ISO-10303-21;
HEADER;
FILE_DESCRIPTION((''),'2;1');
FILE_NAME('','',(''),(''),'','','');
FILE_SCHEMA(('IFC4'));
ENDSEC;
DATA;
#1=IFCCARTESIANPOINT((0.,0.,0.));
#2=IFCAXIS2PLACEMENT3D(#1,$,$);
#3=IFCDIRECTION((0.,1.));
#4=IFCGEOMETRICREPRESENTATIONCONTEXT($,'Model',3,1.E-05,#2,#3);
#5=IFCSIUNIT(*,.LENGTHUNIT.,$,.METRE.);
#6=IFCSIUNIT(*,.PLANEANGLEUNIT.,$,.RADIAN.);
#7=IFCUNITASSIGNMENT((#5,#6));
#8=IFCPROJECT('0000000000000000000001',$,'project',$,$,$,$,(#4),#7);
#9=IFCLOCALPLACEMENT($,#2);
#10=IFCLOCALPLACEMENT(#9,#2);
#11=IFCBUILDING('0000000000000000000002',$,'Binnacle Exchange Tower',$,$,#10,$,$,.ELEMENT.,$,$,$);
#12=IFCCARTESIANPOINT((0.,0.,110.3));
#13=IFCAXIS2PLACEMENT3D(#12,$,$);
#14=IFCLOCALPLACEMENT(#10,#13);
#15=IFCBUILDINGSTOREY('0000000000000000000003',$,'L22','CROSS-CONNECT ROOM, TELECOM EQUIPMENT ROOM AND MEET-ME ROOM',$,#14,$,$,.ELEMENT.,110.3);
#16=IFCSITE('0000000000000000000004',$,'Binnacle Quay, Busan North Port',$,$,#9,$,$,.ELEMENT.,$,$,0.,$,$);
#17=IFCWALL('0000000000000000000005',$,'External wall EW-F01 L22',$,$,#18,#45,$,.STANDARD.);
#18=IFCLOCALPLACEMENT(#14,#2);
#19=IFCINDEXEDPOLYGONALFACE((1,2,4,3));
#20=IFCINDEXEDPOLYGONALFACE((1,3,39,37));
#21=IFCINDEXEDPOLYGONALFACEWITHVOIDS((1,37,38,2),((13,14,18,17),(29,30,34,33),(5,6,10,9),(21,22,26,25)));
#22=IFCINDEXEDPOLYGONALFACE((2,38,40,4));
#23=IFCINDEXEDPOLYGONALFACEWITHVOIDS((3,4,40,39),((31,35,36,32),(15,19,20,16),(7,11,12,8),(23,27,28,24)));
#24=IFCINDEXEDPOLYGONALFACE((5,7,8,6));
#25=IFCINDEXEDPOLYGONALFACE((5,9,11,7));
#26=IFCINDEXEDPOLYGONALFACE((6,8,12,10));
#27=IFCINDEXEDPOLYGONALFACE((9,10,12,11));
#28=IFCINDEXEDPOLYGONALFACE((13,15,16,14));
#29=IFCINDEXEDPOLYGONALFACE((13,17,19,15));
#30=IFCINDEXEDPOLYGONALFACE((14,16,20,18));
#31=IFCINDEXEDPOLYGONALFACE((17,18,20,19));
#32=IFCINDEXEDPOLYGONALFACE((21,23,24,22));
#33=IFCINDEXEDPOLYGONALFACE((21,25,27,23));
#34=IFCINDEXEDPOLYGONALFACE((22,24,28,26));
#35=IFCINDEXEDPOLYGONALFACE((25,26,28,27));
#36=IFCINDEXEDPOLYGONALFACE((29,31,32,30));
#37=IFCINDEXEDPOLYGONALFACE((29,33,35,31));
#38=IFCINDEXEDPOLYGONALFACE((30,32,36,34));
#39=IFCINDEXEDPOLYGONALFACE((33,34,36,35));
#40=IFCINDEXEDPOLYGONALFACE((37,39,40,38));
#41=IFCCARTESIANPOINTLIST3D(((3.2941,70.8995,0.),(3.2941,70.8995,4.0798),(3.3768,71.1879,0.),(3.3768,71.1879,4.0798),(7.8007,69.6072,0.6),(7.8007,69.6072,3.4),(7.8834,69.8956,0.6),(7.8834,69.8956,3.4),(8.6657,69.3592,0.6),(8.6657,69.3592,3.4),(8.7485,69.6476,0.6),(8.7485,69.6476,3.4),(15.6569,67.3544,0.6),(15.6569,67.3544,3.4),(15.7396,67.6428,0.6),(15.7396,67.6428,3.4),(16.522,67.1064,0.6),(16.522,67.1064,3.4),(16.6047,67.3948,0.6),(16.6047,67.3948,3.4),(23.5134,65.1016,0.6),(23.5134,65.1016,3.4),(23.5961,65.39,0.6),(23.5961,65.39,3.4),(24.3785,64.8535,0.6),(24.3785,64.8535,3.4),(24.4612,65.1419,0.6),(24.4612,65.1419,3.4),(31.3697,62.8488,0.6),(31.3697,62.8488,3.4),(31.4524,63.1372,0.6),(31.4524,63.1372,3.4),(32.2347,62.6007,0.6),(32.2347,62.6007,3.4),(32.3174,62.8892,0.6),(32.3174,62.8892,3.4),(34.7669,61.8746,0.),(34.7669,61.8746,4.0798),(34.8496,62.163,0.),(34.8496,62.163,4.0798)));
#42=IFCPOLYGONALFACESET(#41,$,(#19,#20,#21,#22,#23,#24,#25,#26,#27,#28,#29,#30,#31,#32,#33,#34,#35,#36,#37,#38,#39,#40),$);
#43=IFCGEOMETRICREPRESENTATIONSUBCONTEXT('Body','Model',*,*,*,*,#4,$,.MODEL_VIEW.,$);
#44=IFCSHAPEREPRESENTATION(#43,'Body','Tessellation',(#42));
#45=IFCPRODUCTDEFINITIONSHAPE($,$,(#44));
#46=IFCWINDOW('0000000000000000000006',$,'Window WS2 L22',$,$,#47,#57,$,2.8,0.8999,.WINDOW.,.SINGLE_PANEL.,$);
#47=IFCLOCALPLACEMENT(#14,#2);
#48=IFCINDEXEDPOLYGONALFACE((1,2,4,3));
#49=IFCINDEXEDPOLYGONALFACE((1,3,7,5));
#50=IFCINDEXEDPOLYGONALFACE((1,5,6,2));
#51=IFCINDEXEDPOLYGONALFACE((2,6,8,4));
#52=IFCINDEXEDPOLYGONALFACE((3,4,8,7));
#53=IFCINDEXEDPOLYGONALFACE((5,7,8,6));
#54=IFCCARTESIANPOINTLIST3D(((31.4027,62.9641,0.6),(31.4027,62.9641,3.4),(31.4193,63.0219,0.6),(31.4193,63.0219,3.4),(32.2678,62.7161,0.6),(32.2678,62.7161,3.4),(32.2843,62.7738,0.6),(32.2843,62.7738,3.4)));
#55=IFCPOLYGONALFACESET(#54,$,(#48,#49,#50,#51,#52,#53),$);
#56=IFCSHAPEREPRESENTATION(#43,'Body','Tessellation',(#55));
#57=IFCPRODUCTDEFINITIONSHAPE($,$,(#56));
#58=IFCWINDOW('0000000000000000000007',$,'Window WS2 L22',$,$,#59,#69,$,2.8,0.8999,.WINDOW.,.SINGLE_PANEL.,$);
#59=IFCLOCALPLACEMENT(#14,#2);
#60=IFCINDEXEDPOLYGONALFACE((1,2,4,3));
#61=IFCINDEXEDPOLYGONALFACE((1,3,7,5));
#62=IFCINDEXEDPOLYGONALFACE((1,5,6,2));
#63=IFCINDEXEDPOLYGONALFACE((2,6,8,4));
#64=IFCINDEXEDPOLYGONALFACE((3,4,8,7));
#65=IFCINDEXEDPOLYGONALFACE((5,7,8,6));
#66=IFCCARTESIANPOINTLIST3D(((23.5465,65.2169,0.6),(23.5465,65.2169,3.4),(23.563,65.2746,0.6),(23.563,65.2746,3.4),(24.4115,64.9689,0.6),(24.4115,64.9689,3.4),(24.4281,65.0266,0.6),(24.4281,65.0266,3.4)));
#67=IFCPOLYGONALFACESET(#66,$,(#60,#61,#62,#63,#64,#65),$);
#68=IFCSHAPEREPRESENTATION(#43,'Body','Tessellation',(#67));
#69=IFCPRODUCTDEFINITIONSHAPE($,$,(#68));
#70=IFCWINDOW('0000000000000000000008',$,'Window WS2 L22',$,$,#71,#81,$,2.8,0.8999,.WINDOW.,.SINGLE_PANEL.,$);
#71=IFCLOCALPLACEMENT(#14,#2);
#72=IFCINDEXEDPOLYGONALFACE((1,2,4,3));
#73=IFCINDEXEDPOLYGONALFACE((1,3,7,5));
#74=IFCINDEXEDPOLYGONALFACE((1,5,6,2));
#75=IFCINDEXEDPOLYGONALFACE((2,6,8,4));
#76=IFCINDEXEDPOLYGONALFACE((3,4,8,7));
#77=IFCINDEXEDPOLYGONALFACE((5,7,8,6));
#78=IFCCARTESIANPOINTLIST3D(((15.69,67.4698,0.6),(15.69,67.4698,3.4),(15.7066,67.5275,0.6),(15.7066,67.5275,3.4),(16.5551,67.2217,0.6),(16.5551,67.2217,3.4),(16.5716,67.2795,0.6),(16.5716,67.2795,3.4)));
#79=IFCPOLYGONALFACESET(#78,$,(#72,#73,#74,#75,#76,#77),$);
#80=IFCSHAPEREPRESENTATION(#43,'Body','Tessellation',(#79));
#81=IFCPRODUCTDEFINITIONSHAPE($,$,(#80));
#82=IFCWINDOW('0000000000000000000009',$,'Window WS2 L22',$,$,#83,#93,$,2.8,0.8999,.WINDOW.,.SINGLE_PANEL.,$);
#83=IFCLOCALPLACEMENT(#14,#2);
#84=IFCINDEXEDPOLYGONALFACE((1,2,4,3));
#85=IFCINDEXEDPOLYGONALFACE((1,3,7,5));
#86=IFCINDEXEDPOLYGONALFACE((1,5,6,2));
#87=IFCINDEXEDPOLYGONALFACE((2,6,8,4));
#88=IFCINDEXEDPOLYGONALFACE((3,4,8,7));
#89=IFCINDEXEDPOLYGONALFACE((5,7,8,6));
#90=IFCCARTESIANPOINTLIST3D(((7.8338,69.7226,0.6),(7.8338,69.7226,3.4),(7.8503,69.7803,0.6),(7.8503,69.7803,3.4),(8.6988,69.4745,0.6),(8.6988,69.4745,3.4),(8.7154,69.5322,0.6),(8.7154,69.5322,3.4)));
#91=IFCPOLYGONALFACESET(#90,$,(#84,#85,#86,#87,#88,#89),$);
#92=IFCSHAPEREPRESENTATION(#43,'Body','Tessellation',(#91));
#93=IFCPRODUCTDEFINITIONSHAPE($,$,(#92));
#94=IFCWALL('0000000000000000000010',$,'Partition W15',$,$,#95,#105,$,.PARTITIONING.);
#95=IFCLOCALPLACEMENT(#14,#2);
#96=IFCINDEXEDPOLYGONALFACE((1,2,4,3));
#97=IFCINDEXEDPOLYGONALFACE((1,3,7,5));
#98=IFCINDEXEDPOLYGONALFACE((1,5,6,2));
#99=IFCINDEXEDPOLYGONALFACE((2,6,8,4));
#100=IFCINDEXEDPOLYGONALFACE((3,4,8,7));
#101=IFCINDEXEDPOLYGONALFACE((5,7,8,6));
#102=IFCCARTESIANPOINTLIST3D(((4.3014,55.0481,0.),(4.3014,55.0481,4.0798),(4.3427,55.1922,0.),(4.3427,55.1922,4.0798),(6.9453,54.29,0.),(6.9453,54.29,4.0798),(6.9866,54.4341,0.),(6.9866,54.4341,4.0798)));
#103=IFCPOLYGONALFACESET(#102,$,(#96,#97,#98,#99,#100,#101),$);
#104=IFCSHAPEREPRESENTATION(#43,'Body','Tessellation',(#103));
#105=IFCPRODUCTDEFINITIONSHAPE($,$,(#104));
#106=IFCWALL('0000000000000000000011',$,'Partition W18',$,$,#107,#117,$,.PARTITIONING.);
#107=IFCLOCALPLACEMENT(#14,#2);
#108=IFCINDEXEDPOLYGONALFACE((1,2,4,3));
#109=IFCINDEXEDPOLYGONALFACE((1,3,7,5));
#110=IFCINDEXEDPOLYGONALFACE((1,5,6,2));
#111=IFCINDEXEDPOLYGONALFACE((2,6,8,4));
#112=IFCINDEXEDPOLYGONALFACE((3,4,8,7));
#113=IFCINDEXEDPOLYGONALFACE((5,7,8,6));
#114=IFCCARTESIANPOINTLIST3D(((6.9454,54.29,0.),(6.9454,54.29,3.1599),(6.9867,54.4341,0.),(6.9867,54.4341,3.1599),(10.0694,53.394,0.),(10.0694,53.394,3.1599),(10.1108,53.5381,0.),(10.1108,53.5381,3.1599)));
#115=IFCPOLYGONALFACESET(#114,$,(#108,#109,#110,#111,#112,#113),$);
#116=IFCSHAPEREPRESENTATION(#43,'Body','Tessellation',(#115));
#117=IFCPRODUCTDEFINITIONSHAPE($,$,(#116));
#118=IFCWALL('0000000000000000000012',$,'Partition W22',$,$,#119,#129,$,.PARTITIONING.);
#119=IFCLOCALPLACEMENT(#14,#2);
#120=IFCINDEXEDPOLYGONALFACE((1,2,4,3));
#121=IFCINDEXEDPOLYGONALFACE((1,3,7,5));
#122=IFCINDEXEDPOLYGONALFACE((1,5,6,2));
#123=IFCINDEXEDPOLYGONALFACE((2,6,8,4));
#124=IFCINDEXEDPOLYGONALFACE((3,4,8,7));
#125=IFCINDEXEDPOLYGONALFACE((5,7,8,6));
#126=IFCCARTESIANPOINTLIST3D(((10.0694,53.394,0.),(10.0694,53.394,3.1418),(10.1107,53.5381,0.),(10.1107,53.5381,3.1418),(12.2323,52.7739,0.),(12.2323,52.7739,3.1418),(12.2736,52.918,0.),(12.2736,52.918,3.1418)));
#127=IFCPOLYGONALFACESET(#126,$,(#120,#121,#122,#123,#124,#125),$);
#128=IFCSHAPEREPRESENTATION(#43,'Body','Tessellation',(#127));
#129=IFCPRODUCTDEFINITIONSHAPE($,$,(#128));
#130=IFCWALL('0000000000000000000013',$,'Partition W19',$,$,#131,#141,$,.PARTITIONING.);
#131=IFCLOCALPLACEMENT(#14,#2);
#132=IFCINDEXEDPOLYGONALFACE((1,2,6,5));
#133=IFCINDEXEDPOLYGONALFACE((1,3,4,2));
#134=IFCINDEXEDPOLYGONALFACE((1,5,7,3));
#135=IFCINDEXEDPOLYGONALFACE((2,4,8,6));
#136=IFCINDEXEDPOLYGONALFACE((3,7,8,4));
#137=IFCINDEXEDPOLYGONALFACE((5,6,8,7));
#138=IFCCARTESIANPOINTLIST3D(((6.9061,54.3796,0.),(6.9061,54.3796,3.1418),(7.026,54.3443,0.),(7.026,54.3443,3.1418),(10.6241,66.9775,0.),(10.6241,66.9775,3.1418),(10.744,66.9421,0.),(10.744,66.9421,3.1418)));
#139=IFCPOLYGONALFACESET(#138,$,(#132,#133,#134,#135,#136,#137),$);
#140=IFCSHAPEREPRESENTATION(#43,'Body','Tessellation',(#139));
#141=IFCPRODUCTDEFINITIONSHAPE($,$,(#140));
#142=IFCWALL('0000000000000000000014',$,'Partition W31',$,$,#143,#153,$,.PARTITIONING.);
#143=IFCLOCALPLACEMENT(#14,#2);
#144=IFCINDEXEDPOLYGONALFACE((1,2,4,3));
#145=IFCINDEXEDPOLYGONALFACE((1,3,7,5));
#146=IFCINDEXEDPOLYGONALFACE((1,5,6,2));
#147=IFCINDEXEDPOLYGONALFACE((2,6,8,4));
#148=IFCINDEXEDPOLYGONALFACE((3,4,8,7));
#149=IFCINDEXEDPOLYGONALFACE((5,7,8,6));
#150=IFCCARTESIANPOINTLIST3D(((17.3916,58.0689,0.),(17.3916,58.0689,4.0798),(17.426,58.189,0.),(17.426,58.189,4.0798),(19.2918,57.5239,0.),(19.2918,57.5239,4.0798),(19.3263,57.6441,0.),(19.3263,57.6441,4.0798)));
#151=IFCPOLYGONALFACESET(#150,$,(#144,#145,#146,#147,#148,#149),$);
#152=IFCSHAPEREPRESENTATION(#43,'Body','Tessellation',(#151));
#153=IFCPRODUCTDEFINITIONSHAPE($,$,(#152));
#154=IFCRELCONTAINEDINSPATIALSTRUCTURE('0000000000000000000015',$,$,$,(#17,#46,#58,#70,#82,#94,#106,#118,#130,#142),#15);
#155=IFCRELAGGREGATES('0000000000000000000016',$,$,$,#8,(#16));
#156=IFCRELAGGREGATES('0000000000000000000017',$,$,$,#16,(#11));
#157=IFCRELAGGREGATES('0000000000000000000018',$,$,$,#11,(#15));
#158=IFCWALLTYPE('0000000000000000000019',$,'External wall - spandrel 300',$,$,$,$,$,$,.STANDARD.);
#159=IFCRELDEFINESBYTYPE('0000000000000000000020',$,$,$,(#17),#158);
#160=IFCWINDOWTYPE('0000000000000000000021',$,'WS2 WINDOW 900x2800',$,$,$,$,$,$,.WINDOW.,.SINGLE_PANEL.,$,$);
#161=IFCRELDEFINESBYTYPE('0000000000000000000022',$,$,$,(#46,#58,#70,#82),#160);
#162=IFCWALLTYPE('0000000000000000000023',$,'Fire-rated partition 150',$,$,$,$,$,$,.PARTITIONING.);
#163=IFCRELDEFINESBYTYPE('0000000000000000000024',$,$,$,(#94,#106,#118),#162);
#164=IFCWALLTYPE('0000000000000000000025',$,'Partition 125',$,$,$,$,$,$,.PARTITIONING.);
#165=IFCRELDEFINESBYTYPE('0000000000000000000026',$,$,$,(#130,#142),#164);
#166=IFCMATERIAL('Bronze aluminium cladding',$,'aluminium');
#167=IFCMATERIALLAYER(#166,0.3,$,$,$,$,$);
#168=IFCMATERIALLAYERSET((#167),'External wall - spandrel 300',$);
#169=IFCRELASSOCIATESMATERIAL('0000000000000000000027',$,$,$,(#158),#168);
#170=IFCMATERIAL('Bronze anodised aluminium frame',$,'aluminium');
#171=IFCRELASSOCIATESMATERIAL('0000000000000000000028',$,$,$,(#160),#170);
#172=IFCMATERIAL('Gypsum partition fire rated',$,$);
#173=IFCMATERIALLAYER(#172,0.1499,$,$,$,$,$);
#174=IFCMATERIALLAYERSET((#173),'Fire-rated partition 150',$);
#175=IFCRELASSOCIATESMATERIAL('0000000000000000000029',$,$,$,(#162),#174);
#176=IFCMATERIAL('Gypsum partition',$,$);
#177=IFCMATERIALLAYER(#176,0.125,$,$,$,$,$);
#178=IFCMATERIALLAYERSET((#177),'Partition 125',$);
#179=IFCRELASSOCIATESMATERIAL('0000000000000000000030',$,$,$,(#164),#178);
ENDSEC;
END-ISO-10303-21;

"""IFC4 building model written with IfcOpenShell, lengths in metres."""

from ifc_helpers import new_model, si_unit, direction, frame, frame_2d, origin, place, context, subcontext, project, spatial, rectangle, extrude, material, layer, layer_set, type_object, element, fill, save


model = new_model("IFC4")

# Units and contexts
model_context = context("Model", 3, precision=1e-05, world=origin(), true_north=direction((0.0, 1.0)))
body_context = subcontext(model_context, "Body", "Model", "MODEL_VIEW")
ifc_project = project(units=[si_unit("LENGTHUNIT", "METRE"), si_unit("PLANEANGLEUNIT", "RADIAN")], contexts=[model_context])

# Site, building, storey
site_placement = place(None, origin())
site = spatial("IfcSite", under=ifc_project, at=site_placement, Name="Binnacle Quay, Busan North Port", CompositionType="ELEMENT", RefElevation=0.0)
building_placement = place(site_placement, origin())
building = spatial("IfcBuilding", under=site, at=building_placement, Name="Binnacle Exchange Tower", CompositionType="ELEMENT")
storey_placement = place(building_placement, frame((0.0, 0.0, 110.3)))
storey = spatial("IfcBuildingStorey", under=building, at=storey_placement, Name="L22", Description="CROSS-CONNECT ROOM, TELECOM EQUIPMENT ROOM AND MEET-ME ROOM", CompositionType="ELEMENT", Elevation=110.3)

# Wall, openings, windows
ifc_material_1 = material(Name="Bronze aluminium cladding", Category="aluminium")
ifc_layer_1 = layer(ifc_material_1, 0.3)
ifc_layer_set_1 = layer_set([ifc_layer_1], Name="External wall - spandrel 300")
wall_type_1 = type_object("IfcWallType", Name="External wall - spandrel 300", PredefinedType="STANDARD", material=ifc_layer_set_1)
wall_1_placement = place(storey_placement, frame((3.3354, 71.0437, 0.0), z_axis=(0.0, 0.0, 1.0), x_axis=(0.96126, -0.275643, 0.0)))
wall_1 = element("IfcWall", 1, at=wall_1_placement, inside=storey, type_object=wall_type_1, Name="External wall EW-F01 L22", PredefinedType="STANDARD", context=body_context, shape_type="SweptSolid", body=[
    extrude(rectangle(XDim=32.7412, YDim=0.3, at=frame_2d((16.3706, 0.0))), origin(), (0.0, 0.0, 1.0), 4.0798),
])
opening_1_placement = place(wall_1_placement, frame((29.207, 0.0, 0.6001)))
opening_1 = element("IfcOpeningElement", 2, at=opening_1_placement, cuts=wall_1, PredefinedType="OPENING", context=body_context, shape_type="SweptSolid", body=[
    extrude(rectangle(XDim=0.8999, YDim=2.8, at=frame_2d((0.45, 1.3999))), frame((0.0, 0.1599, 0.0), z_axis=(0.0, -1.0, 0.0), x_axis=(1.0, 0.0, 0.0)), (0.0, 0.0, 1.0), 0.3201),
])
opening_2_placement = place(wall_1_placement, frame((21.0342, 0.0, 0.6001)))
opening_2 = element("IfcOpeningElement", 3, at=opening_2_placement, cuts=wall_1, PredefinedType="OPENING", context=body_context, shape_type="SweptSolid", body=[
    extrude(rectangle(XDim=0.8999, YDim=2.8, at=frame_2d((0.45, 1.3999))), frame((0.0, 0.1599, 0.0), z_axis=(0.0, -1.0, 0.0), x_axis=(1.0, 0.0, 0.0)), (0.0, 0.0, 1.0), 0.3201),
])
opening_3_placement = place(wall_1_placement, frame((12.8611, 0.0, 0.6001)))
opening_3 = element("IfcOpeningElement", 4, at=opening_3_placement, cuts=wall_1, PredefinedType="OPENING", context=body_context, shape_type="SweptSolid", body=[
    extrude(rectangle(XDim=0.8999, YDim=2.8, at=frame_2d((0.45, 1.3999))), frame((0.0, 0.1599, 0.0), z_axis=(0.0, -1.0, 0.0), x_axis=(1.0, 0.0, 0.0)), (0.0, 0.0, 1.0), 0.3201),
])
opening_4_placement = place(wall_1_placement, frame((4.6882, 0.0, 0.6001)))
opening_4 = element("IfcOpeningElement", 5, at=opening_4_placement, cuts=wall_1, PredefinedType="OPENING", context=body_context, shape_type="SweptSolid", body=[
    extrude(rectangle(XDim=0.8999, YDim=2.8, at=frame_2d((0.45, 1.3999))), frame((0.0, 0.1599, 0.0), z_axis=(0.0, -1.0, 0.0), x_axis=(1.0, 0.0, 0.0)), (0.0, 0.0, 1.0), 0.3201),
])
ifc_material_2 = material(Name="Bronze anodised aluminium frame", Category="aluminium")
window_type = type_object("IfcWindowType", Name="WS2 WINDOW 900x2800", PartitioningType="SINGLE_PANEL", PredefinedType="WINDOW", material=ifc_material_2)
window_1_placement = place(opening_1_placement, origin())
window_1 = element("IfcWindow", 6, at=window_1_placement, inside=storey, type_object=window_type, Name="Window WS2 L22", OverallHeight=2.8, OverallWidth=0.8999, PartitioningType="SINGLE_PANEL", PredefinedType="WINDOW", context=body_context, shape_type="SweptSolid", body=[
    extrude(rectangle(XDim=0.8999, YDim=2.8, at=frame_2d((0.45, 1.3999))), frame((0.0, 0.03, 0.0), z_axis=(0.0, -1.0, 0.0), x_axis=(1.0, 0.0, 0.0)), (0.0, 0.0, 1.0), 0.0601),
])
fill(opening_1, window_1)
window_2_placement = place(opening_2_placement, origin())
window_2 = element("IfcWindow", 7, at=window_2_placement, inside=storey, type_object=window_type, Name="Window WS2 L22", OverallHeight=2.8, OverallWidth=0.8999, PartitioningType="SINGLE_PANEL", PredefinedType="WINDOW", context=body_context, shape_type="SweptSolid", body=[
    extrude(rectangle(XDim=0.8999, YDim=2.8, at=frame_2d((0.45, 1.3999))), frame((0.0, 0.03, 0.0), z_axis=(0.0, -1.0, 0.0), x_axis=(1.0, 0.0, 0.0)), (0.0, 0.0, 1.0), 0.0601),
])
fill(opening_2, window_2)
window_3_placement = place(opening_3_placement, origin())
window_3 = element("IfcWindow", 8, at=window_3_placement, inside=storey, type_object=window_type, Name="Window WS2 L22", OverallHeight=2.8, OverallWidth=0.8999, PartitioningType="SINGLE_PANEL", PredefinedType="WINDOW", context=body_context, shape_type="SweptSolid", body=[
    extrude(rectangle(XDim=0.8999, YDim=2.8, at=frame_2d((0.45, 1.3999))), frame((0.0, 0.03, 0.0), z_axis=(0.0, -1.0, 0.0), x_axis=(1.0, 0.0, 0.0)), (0.0, 0.0, 1.0), 0.0601),
])
fill(opening_3, window_3)
window_4_placement = place(opening_4_placement, origin())
window_4 = element("IfcWindow", 9, at=window_4_placement, inside=storey, type_object=window_type, Name="Window WS2 L22", OverallHeight=2.8, OverallWidth=0.8999, PartitioningType="SINGLE_PANEL", PredefinedType="WINDOW", context=body_context, shape_type="SweptSolid", body=[
    extrude(rectangle(XDim=0.8999, YDim=2.8, at=frame_2d((0.45, 1.3999))), frame((0.0, 0.03, 0.0), z_axis=(0.0, -1.0, 0.0), x_axis=(1.0, 0.0, 0.0)), (0.0, 0.0, 1.0), 0.0601),
])
fill(opening_4, window_4)

# Walls
ifc_material_3 = material(Name="Gypsum partition fire rated")
ifc_layer_2 = layer(ifc_material_3, 0.1499)
ifc_layer_set_2 = layer_set([ifc_layer_2], Name="Fire-rated partition 150")
wall_type_2 = type_object("IfcWallType", Name="Fire-rated partition 150", PredefinedType="PARTITIONING", material=ifc_layer_set_2)
wall_2_placement = place(storey_placement, frame((4.322, 55.1201, 0.0), z_axis=(0.0, 0.0, 1.0), x_axis=(0.961272, -0.2756, 0.0)))
element("IfcWall", 10, at=wall_2_placement, inside=storey, type_object=wall_type_2, Name="Partition W15", PredefinedType="PARTITIONING", context=body_context, shape_type="SweptSolid", body=[
    extrude(rectangle(XDim=2.7505, YDim=0.1499, at=frame_2d((1.3752, 0.0))), origin(), (0.0, 0.0, 1.0), 4.0798),
])
wall_3_placement = place(storey_placement, frame((6.9661, 54.3621, 0.0), z_axis=(0.0, 0.0, 1.0), x_axis=(0.961246, -0.275693, 0.0)))
element("IfcWall", 11, at=wall_3_placement, inside=storey, type_object=wall_type_2, Name="Partition W18", PredefinedType="PARTITIONING", context=body_context, shape_type="SweptSolid", body=[
    extrude(rectangle(XDim=3.25, YDim=0.1499, at=frame_2d((1.625, 0.0))), origin(), (0.0, 0.0, 1.0), 3.1599),
])
wall_4_placement = place(storey_placement, frame((10.0901, 53.4661, 0.0), z_axis=(0.0, 0.0, 1.0), x_axis=(0.96127, -0.27561, 0.0)))
element("IfcWall", 12, at=wall_4_placement, inside=storey, type_object=wall_type_2, Name="Partition W22", PredefinedType="PARTITIONING", context=body_context, shape_type="SweptSolid", body=[
    extrude(rectangle(XDim=2.25, YDim=0.1499, at=frame_2d((1.125, 0.0))), origin(), (0.0, 0.0, 1.0), 3.1418),
])
ifc_material_4 = material(Name="Gypsum partition")
ifc_layer_3 = layer(ifc_material_4, 0.125)
ifc_layer_set_3 = layer_set([ifc_layer_3], Name="Partition 125")
wall_type_3 = type_object("IfcWallType", Name="Partition 125", PredefinedType="PARTITIONING", material=ifc_layer_set_3)
wall_5_placement = place(storey_placement, frame((6.9661, 54.3621, 0.0), z_axis=(0.0, 0.0, 1.0), x_axis=(0.28306, 0.959102, 0.0)))
element("IfcWall", 13, at=wall_5_placement, inside=storey, type_object=wall_type_3, Name="Partition W19", PredefinedType="PARTITIONING", context=body_context, shape_type="SweptSolid", body=[
    extrude(rectangle(XDim=13.135, YDim=0.125, at=frame_2d((6.5674, 0.0))), origin(), (0.0, 0.0, 1.0), 3.1418),
])
wall_6_placement = place(storey_placement, frame((17.4089, 58.1289, 0.0), z_axis=(0.0, 0.0, 1.0), x_axis=(0.961253, -0.275667, 0.0)))
element("IfcWall", 14, at=wall_6_placement, inside=storey, type_object=wall_type_3, Name="Partition W31", PredefinedType="PARTITIONING", context=body_context, shape_type="SweptSolid", body=[
    extrude(rectangle(XDim=1.9768, YDim=0.125, at=frame_2d((0.9883, 0.0))), origin(), (0.0, 0.0, 1.0), 4.0798),
])

save(model, "model.ifc")
